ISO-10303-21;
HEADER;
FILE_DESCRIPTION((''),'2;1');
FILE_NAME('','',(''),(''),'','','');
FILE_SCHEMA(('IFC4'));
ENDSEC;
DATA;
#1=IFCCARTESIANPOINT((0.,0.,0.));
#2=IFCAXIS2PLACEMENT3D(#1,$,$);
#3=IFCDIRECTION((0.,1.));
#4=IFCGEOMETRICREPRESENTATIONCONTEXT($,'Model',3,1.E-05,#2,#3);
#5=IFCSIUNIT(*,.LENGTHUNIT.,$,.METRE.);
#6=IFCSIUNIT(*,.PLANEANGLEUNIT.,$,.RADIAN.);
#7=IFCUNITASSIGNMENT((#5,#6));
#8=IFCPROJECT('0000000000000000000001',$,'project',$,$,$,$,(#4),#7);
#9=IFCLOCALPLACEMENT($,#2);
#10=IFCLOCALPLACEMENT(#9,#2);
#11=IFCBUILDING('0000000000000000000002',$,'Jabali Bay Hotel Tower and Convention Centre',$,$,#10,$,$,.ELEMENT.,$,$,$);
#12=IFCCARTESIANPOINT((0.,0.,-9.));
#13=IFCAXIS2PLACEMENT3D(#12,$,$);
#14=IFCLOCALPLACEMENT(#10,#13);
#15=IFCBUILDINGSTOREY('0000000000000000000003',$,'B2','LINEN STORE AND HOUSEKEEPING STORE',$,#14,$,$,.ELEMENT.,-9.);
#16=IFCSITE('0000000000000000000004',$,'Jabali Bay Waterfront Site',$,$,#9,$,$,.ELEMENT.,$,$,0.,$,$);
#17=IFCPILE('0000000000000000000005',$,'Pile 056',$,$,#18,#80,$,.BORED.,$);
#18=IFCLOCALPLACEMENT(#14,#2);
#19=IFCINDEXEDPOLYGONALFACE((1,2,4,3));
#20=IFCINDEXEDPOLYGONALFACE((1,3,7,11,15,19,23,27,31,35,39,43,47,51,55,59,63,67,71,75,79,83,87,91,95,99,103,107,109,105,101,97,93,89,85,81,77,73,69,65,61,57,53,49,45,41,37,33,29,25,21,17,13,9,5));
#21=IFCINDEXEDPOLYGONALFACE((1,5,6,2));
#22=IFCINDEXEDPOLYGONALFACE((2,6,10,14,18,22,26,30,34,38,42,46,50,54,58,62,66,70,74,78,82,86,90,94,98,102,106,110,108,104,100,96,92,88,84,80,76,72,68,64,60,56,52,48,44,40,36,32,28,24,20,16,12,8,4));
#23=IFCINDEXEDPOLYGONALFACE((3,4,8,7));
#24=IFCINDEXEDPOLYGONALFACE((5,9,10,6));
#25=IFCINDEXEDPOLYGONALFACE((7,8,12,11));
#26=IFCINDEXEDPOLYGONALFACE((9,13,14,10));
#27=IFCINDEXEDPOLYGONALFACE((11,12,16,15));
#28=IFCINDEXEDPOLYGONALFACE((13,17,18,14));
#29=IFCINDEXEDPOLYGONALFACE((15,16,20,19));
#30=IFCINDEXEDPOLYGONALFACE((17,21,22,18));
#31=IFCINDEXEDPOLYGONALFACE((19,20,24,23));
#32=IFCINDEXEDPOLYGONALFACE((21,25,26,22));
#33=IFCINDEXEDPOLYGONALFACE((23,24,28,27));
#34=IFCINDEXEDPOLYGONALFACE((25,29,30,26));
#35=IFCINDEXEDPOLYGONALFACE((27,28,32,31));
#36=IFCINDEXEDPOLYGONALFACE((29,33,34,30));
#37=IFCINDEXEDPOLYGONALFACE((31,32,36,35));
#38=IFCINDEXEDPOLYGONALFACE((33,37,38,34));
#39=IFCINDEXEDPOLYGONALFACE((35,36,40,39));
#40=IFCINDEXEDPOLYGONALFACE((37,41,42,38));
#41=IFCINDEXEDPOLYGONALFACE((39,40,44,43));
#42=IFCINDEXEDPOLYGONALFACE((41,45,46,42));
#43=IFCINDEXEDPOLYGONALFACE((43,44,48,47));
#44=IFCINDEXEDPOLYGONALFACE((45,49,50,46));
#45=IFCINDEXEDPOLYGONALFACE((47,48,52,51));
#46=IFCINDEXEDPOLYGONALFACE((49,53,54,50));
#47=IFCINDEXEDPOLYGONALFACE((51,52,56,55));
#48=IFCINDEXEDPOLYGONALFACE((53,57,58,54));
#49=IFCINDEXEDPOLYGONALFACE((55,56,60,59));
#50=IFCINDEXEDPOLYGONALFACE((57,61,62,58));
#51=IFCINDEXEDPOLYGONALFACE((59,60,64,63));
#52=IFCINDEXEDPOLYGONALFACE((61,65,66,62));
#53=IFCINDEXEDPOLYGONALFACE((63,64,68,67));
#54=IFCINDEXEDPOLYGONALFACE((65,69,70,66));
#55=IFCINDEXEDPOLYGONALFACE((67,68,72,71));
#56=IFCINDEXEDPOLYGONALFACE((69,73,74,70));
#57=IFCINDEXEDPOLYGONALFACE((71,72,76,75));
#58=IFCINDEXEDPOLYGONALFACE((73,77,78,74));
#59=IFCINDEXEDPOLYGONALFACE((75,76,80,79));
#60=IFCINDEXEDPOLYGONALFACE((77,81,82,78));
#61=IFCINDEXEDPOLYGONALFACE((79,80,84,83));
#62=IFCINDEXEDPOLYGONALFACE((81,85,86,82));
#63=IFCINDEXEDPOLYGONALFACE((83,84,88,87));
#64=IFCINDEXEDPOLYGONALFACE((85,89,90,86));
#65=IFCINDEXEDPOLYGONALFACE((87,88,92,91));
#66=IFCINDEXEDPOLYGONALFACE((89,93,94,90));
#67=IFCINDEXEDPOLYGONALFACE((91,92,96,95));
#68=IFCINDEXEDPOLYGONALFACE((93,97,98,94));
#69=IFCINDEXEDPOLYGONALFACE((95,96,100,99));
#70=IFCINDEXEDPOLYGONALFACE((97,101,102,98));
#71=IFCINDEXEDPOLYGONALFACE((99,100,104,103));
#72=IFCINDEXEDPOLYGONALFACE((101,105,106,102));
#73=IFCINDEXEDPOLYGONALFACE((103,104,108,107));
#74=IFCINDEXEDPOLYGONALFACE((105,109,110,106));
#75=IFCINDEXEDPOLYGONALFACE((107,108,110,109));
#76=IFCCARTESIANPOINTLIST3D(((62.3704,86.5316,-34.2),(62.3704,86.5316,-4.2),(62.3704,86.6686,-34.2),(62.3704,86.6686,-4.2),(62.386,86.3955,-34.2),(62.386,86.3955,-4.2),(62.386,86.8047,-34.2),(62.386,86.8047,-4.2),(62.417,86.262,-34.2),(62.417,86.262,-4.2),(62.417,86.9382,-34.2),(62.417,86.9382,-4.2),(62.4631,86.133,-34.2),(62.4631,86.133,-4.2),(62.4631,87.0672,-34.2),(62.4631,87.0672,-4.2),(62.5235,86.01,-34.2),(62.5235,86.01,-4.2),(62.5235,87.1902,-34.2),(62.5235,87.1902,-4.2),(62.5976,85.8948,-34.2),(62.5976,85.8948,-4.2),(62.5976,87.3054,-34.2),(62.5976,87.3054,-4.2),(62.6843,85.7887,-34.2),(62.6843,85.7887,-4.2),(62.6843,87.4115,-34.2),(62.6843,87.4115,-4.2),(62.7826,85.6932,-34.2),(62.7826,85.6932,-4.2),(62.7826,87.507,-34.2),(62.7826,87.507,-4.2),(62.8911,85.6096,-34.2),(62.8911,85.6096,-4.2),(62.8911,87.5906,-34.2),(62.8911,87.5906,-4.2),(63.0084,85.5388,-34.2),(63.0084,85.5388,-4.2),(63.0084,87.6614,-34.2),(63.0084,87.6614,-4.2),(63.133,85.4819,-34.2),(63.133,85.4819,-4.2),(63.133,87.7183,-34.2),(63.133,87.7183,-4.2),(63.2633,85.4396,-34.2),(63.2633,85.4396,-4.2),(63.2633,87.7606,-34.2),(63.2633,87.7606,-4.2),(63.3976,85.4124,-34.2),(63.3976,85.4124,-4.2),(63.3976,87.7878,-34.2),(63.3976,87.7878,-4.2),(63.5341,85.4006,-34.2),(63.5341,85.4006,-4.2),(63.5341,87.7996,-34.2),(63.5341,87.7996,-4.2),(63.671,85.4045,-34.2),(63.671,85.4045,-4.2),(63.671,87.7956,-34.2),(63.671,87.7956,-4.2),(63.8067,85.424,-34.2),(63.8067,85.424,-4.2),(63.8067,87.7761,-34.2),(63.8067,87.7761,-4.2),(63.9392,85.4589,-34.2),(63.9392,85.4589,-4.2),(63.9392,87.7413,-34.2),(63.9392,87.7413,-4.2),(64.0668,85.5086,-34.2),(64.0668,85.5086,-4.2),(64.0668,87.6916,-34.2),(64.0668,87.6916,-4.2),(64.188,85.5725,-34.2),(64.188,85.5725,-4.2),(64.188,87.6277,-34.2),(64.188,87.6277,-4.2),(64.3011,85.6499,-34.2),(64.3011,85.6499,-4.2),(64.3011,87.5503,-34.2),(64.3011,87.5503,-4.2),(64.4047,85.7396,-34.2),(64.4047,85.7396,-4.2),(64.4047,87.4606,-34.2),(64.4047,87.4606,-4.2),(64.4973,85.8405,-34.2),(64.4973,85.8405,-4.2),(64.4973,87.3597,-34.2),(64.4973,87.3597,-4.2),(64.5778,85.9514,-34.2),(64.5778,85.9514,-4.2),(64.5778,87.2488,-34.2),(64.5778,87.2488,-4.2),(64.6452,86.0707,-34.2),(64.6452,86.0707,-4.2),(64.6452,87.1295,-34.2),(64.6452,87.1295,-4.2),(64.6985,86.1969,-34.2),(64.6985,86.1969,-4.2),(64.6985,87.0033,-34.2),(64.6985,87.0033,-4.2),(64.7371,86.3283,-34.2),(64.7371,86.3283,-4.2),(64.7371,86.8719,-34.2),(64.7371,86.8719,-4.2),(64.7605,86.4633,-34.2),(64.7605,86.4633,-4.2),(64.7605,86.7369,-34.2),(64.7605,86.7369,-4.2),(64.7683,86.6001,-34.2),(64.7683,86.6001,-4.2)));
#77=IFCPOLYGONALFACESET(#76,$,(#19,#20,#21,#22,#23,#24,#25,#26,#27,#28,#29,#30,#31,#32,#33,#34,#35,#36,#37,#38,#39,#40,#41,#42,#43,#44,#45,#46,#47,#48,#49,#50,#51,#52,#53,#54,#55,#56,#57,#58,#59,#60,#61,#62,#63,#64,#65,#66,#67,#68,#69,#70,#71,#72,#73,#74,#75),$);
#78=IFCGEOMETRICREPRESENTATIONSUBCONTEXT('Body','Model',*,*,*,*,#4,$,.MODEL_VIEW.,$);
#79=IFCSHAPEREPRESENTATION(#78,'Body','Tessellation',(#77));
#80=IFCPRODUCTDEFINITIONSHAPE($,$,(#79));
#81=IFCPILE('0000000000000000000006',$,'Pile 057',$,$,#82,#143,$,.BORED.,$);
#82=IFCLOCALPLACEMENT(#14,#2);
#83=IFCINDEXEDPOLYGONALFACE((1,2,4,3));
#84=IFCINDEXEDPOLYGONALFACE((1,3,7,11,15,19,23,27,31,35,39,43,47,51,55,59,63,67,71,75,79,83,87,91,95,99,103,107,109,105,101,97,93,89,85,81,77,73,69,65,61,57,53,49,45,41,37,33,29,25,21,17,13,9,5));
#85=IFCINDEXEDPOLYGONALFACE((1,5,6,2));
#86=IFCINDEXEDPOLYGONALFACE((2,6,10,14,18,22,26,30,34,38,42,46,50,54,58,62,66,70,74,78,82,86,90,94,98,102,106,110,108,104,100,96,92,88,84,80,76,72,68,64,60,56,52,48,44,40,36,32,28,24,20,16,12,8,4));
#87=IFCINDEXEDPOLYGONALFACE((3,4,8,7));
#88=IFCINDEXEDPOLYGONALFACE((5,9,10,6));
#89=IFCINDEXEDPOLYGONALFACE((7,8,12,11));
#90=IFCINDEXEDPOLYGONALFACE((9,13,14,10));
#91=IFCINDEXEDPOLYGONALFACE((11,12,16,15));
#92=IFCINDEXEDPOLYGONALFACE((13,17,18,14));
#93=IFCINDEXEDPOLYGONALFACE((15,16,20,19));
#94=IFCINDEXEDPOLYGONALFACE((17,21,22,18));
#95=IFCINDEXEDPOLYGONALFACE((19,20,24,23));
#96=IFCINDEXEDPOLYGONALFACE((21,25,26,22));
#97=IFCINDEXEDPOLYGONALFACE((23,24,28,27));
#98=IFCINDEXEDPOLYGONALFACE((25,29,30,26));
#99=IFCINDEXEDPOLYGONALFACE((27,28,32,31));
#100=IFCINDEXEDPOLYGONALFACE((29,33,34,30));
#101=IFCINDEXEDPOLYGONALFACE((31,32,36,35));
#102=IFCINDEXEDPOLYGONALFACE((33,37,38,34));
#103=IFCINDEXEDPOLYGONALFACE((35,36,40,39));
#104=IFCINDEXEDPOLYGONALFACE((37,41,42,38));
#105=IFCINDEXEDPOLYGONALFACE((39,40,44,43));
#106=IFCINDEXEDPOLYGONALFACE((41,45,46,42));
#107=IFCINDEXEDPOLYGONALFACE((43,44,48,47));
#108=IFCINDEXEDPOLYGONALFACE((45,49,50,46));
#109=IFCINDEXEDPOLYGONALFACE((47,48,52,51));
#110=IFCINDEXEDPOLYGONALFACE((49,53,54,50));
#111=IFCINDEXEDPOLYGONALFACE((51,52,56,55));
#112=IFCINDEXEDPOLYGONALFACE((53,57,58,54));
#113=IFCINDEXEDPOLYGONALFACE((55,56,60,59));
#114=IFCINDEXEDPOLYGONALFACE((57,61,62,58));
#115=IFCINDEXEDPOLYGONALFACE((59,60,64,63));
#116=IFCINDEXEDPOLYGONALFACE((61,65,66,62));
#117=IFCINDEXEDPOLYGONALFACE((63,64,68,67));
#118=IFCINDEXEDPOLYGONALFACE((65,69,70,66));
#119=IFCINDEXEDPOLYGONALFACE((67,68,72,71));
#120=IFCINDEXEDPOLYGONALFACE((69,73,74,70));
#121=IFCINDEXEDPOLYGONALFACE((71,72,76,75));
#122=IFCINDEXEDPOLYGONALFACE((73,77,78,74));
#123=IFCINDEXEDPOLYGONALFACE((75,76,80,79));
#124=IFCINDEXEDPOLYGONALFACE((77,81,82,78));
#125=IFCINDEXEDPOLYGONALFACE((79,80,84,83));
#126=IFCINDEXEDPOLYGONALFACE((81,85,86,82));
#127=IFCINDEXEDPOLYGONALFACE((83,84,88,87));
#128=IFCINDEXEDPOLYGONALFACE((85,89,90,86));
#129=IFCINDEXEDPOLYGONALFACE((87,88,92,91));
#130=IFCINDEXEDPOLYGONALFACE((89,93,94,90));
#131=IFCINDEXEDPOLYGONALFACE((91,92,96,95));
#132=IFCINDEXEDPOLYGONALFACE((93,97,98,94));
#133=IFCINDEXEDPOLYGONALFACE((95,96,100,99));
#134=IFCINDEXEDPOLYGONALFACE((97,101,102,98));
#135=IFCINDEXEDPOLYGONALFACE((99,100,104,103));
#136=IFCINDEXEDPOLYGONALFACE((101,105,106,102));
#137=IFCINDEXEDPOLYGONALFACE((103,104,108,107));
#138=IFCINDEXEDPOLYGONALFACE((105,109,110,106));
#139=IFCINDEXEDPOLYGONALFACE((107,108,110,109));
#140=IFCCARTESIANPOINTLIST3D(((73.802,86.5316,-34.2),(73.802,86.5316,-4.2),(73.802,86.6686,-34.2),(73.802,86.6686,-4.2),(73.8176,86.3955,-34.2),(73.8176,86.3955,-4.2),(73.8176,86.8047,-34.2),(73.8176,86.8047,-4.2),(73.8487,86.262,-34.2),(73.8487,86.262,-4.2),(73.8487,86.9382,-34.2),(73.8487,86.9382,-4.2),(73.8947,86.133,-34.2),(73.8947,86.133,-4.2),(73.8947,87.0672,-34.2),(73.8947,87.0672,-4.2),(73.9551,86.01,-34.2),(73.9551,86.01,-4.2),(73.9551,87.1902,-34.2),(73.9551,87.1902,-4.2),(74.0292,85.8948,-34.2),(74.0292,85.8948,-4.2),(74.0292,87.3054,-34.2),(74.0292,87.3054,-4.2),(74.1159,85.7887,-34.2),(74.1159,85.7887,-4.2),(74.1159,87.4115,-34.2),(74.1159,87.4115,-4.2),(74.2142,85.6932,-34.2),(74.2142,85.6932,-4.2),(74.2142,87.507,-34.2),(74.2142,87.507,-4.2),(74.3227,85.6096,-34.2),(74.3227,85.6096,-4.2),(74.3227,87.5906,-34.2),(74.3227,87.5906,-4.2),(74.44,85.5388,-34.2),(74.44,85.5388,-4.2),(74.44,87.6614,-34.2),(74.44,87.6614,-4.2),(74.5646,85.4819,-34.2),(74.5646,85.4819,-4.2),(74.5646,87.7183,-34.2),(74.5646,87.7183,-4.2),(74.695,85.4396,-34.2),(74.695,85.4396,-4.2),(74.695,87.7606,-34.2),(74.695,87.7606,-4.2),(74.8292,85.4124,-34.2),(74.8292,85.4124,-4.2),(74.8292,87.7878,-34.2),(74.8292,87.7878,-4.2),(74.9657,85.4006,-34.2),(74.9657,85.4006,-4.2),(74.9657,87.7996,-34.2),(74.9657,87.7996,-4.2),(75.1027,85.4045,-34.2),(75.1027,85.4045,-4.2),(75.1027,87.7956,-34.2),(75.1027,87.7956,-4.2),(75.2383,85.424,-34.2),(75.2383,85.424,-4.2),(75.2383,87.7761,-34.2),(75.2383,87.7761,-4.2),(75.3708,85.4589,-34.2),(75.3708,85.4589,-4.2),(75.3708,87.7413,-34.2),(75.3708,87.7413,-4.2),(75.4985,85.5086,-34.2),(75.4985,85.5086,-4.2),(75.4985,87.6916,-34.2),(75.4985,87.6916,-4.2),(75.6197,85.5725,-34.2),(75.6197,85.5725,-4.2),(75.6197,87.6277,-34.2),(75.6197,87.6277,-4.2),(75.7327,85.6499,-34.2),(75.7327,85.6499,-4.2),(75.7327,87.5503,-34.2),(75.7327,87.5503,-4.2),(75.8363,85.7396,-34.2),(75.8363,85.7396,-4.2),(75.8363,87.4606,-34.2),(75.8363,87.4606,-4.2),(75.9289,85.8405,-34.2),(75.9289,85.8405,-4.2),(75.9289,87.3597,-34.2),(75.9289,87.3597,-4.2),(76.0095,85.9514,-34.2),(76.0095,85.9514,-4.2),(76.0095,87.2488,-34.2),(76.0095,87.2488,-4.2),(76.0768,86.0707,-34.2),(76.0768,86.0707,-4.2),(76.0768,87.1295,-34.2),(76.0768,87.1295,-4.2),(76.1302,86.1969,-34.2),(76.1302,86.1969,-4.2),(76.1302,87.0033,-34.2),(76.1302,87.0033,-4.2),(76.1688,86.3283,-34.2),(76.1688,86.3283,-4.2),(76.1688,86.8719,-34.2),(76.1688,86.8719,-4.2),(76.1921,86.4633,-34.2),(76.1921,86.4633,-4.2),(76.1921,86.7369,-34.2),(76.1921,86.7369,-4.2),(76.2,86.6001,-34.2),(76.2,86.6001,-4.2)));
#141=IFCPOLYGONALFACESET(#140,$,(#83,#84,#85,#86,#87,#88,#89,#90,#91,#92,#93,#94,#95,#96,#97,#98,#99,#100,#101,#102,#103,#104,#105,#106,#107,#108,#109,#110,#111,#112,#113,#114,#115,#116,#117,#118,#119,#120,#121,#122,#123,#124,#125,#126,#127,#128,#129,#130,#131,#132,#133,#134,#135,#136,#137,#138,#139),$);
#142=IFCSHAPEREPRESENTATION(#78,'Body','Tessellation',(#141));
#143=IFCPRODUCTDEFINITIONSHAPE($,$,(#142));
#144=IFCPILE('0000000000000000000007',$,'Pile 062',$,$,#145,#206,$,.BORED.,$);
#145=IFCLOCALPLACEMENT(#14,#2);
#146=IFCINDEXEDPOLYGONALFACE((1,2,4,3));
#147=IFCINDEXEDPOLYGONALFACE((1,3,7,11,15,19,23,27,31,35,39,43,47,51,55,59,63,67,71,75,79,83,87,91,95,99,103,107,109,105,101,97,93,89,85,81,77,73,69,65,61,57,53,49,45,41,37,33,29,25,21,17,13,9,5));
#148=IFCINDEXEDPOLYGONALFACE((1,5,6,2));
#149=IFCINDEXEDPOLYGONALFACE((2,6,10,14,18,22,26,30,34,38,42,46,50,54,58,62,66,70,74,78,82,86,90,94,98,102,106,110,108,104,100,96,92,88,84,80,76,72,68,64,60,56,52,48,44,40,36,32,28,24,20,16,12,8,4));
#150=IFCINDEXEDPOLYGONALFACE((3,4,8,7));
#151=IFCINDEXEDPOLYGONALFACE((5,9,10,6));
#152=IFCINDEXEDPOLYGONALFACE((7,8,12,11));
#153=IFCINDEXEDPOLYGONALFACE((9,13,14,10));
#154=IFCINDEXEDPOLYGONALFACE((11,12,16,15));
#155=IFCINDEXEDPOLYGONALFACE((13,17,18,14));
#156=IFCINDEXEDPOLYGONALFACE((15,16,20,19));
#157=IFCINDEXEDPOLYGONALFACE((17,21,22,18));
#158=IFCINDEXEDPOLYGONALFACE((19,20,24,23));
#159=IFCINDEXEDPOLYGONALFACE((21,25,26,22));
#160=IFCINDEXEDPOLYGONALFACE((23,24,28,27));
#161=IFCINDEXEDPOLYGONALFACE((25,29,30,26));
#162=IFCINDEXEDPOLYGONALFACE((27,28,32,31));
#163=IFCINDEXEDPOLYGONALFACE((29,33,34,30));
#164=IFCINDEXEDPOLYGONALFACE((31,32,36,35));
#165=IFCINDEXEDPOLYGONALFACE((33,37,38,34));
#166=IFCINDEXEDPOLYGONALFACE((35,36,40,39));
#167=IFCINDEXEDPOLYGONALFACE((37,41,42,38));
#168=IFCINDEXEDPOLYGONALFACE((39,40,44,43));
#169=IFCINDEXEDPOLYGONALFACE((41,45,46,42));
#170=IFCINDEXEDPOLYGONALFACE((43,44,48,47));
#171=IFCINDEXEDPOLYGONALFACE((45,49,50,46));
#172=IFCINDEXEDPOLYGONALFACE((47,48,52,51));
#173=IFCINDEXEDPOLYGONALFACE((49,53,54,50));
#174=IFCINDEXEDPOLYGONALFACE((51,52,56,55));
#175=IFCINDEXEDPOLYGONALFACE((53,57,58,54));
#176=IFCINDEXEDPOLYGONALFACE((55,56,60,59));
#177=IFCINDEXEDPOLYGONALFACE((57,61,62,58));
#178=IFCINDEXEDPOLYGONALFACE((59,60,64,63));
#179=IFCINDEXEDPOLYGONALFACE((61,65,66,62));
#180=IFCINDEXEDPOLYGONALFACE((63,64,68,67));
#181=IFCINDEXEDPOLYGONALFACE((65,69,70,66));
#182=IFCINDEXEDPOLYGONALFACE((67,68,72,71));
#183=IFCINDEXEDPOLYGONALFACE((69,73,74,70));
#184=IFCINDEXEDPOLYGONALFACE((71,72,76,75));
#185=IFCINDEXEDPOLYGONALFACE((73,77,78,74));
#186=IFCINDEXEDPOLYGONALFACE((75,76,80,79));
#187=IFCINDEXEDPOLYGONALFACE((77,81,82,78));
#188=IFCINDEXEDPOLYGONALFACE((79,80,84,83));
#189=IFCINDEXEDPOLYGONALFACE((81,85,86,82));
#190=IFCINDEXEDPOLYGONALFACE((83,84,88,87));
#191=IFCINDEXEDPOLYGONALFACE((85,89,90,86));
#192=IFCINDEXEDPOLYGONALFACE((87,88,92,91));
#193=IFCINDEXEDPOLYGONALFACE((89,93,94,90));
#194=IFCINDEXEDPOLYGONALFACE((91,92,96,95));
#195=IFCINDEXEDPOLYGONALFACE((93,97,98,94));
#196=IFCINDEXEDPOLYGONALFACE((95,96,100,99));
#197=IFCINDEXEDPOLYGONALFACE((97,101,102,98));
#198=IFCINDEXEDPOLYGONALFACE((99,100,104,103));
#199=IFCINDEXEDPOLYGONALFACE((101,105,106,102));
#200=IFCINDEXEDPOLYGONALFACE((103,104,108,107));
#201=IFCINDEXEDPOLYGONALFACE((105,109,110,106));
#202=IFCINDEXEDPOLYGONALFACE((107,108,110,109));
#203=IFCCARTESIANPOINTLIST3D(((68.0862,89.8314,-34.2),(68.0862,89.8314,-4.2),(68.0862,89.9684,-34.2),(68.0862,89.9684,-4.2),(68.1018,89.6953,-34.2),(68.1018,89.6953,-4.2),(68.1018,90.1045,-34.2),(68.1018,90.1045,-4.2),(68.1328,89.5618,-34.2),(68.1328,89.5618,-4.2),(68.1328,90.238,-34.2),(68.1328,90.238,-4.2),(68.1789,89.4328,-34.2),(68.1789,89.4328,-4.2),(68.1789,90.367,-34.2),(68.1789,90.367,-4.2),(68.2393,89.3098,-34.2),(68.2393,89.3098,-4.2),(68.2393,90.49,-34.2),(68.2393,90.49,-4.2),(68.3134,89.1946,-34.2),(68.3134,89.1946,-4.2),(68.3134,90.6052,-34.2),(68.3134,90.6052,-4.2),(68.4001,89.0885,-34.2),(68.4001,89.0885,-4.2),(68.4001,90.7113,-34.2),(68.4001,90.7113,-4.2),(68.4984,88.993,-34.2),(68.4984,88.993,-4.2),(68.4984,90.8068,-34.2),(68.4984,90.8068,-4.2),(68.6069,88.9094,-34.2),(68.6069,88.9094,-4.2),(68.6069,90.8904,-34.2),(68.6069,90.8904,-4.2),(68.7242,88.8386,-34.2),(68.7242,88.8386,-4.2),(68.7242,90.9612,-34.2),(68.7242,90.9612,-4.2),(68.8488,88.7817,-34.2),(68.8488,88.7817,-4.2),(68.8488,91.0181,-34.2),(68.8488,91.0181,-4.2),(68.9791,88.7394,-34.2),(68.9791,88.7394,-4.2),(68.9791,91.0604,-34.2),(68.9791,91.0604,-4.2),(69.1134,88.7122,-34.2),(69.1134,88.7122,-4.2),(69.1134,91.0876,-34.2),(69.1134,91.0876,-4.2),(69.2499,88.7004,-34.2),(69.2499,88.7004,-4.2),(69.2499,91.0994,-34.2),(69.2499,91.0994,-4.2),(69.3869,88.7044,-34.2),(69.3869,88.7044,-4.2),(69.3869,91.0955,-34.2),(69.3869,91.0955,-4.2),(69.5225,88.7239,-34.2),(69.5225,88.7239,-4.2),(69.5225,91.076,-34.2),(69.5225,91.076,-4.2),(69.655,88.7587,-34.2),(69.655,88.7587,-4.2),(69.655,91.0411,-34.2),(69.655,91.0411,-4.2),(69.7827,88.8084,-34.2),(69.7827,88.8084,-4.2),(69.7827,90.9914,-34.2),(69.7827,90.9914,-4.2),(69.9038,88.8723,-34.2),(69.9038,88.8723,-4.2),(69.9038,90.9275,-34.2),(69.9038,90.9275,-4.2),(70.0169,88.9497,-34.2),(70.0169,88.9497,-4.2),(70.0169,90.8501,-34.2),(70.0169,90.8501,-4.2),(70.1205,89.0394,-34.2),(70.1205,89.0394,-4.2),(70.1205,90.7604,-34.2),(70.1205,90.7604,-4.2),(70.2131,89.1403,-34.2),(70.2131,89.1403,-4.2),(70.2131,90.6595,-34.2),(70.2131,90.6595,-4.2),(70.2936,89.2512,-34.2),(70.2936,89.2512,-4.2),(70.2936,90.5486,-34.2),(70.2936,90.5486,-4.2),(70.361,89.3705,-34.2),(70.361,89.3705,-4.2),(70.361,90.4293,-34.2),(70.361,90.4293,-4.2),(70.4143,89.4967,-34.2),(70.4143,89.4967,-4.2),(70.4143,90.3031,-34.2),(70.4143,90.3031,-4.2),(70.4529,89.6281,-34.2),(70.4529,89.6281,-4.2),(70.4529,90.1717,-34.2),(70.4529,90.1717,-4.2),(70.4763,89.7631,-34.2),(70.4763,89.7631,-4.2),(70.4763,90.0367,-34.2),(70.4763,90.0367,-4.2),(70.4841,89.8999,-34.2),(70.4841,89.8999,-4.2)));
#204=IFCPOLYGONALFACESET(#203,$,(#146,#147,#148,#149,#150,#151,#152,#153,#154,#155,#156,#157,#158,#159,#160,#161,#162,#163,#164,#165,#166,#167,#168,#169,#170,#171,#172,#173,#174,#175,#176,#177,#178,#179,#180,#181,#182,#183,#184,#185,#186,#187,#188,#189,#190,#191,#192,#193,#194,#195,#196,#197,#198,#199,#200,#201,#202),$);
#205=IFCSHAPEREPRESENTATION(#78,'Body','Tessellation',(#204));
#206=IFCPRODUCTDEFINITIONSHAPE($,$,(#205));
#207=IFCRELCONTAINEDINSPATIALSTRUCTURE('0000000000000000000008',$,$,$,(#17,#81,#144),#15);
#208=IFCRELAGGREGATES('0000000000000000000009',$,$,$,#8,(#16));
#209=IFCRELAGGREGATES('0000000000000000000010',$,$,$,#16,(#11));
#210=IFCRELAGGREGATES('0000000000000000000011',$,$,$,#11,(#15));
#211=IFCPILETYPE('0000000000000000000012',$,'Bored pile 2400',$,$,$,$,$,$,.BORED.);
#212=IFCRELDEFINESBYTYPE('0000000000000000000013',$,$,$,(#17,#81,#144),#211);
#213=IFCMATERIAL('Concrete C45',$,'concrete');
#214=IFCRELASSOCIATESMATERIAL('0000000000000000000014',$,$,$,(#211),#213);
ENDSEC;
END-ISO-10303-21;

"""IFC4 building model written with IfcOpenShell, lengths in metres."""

from ifc_helpers import new_model, si_unit, direction, frame, origin, origin_2d, place, context, subcontext, project, spatial, circle, extrude, material, material_profile, profile_set, type_object, element, save


model = new_model("IFC4")

# Units and contexts
model_context = context("Model", 3, precision=1e-05, world=origin(), true_north=direction((0.0, 1.0)))
body_context = subcontext(model_context, "Body", "Model", "MODEL_VIEW")
ifc_project = project(units=[si_unit("LENGTHUNIT", "METRE"), si_unit("PLANEANGLEUNIT", "RADIAN")], contexts=[model_context])

# Site, building, storey
site_placement = place(None, origin())
site = spatial("IfcSite", under=ifc_project, at=site_placement, Name="Jabali Bay Waterfront Site", CompositionType="ELEMENT", RefElevation=0.0)
building_placement = place(site_placement, origin())
building = spatial("IfcBuilding", under=site, at=building_placement, Name="Jabali Bay Hotel Tower and Convention Centre", CompositionType="ELEMENT")
storey_placement = place(building_placement, frame((0.0, 0.0, -9.0)))
storey = spatial("IfcBuildingStorey", under=building, at=storey_placement, Name="B2", Description="LINEN STORE AND HOUSEKEEPING STORE", CompositionType="ELEMENT", Elevation=-9.0)

# Piles
ifc_material_1 = material(Name="Concrete C45", Category="concrete")
ifc_material_profile_1 = material_profile(ifc_material_1, circle(Radius=1.2, at=origin_2d()), Name="Bored pile 2400")
ifc_profile_set_1 = profile_set([ifc_material_profile_1], Name="Concrete C45")
pile_type = type_object("IfcPileType", Name="Bored pile 2400", PredefinedType="BORED", material=ifc_profile_set_1)
for number, where, z_axis, x_axis, name in (
    (1, (63.5684, 86.6001, -4.2), (0.0, 0.0, -1.0), (1.0, 0.0, 0.0), "Pile 056"),
    (2, (75.0, 86.6001, -4.2), (0.0, 0.0, -1.0), (1.0, 0.0, 0.0), "Pile 057"),
    (3, (69.2842, 89.8999, -4.2), (0.0, 0.0, -1.0), (1.0, 0.0, 0.0), "Pile 062"),
):
    element("IfcPile", number, at=place(storey_placement, frame(where, z_axis=z_axis, x_axis=x_axis)), inside=storey, type_object=pile_type, Name=name, PredefinedType="BORED", context=body_context, shape_type="SweptSolid", body=[
        extrude(circle(Radius=1.2, at=origin_2d()), origin(), (0.0, 0.0, 1.0), 30.0),
    ])

save(model, "model.ifc")
